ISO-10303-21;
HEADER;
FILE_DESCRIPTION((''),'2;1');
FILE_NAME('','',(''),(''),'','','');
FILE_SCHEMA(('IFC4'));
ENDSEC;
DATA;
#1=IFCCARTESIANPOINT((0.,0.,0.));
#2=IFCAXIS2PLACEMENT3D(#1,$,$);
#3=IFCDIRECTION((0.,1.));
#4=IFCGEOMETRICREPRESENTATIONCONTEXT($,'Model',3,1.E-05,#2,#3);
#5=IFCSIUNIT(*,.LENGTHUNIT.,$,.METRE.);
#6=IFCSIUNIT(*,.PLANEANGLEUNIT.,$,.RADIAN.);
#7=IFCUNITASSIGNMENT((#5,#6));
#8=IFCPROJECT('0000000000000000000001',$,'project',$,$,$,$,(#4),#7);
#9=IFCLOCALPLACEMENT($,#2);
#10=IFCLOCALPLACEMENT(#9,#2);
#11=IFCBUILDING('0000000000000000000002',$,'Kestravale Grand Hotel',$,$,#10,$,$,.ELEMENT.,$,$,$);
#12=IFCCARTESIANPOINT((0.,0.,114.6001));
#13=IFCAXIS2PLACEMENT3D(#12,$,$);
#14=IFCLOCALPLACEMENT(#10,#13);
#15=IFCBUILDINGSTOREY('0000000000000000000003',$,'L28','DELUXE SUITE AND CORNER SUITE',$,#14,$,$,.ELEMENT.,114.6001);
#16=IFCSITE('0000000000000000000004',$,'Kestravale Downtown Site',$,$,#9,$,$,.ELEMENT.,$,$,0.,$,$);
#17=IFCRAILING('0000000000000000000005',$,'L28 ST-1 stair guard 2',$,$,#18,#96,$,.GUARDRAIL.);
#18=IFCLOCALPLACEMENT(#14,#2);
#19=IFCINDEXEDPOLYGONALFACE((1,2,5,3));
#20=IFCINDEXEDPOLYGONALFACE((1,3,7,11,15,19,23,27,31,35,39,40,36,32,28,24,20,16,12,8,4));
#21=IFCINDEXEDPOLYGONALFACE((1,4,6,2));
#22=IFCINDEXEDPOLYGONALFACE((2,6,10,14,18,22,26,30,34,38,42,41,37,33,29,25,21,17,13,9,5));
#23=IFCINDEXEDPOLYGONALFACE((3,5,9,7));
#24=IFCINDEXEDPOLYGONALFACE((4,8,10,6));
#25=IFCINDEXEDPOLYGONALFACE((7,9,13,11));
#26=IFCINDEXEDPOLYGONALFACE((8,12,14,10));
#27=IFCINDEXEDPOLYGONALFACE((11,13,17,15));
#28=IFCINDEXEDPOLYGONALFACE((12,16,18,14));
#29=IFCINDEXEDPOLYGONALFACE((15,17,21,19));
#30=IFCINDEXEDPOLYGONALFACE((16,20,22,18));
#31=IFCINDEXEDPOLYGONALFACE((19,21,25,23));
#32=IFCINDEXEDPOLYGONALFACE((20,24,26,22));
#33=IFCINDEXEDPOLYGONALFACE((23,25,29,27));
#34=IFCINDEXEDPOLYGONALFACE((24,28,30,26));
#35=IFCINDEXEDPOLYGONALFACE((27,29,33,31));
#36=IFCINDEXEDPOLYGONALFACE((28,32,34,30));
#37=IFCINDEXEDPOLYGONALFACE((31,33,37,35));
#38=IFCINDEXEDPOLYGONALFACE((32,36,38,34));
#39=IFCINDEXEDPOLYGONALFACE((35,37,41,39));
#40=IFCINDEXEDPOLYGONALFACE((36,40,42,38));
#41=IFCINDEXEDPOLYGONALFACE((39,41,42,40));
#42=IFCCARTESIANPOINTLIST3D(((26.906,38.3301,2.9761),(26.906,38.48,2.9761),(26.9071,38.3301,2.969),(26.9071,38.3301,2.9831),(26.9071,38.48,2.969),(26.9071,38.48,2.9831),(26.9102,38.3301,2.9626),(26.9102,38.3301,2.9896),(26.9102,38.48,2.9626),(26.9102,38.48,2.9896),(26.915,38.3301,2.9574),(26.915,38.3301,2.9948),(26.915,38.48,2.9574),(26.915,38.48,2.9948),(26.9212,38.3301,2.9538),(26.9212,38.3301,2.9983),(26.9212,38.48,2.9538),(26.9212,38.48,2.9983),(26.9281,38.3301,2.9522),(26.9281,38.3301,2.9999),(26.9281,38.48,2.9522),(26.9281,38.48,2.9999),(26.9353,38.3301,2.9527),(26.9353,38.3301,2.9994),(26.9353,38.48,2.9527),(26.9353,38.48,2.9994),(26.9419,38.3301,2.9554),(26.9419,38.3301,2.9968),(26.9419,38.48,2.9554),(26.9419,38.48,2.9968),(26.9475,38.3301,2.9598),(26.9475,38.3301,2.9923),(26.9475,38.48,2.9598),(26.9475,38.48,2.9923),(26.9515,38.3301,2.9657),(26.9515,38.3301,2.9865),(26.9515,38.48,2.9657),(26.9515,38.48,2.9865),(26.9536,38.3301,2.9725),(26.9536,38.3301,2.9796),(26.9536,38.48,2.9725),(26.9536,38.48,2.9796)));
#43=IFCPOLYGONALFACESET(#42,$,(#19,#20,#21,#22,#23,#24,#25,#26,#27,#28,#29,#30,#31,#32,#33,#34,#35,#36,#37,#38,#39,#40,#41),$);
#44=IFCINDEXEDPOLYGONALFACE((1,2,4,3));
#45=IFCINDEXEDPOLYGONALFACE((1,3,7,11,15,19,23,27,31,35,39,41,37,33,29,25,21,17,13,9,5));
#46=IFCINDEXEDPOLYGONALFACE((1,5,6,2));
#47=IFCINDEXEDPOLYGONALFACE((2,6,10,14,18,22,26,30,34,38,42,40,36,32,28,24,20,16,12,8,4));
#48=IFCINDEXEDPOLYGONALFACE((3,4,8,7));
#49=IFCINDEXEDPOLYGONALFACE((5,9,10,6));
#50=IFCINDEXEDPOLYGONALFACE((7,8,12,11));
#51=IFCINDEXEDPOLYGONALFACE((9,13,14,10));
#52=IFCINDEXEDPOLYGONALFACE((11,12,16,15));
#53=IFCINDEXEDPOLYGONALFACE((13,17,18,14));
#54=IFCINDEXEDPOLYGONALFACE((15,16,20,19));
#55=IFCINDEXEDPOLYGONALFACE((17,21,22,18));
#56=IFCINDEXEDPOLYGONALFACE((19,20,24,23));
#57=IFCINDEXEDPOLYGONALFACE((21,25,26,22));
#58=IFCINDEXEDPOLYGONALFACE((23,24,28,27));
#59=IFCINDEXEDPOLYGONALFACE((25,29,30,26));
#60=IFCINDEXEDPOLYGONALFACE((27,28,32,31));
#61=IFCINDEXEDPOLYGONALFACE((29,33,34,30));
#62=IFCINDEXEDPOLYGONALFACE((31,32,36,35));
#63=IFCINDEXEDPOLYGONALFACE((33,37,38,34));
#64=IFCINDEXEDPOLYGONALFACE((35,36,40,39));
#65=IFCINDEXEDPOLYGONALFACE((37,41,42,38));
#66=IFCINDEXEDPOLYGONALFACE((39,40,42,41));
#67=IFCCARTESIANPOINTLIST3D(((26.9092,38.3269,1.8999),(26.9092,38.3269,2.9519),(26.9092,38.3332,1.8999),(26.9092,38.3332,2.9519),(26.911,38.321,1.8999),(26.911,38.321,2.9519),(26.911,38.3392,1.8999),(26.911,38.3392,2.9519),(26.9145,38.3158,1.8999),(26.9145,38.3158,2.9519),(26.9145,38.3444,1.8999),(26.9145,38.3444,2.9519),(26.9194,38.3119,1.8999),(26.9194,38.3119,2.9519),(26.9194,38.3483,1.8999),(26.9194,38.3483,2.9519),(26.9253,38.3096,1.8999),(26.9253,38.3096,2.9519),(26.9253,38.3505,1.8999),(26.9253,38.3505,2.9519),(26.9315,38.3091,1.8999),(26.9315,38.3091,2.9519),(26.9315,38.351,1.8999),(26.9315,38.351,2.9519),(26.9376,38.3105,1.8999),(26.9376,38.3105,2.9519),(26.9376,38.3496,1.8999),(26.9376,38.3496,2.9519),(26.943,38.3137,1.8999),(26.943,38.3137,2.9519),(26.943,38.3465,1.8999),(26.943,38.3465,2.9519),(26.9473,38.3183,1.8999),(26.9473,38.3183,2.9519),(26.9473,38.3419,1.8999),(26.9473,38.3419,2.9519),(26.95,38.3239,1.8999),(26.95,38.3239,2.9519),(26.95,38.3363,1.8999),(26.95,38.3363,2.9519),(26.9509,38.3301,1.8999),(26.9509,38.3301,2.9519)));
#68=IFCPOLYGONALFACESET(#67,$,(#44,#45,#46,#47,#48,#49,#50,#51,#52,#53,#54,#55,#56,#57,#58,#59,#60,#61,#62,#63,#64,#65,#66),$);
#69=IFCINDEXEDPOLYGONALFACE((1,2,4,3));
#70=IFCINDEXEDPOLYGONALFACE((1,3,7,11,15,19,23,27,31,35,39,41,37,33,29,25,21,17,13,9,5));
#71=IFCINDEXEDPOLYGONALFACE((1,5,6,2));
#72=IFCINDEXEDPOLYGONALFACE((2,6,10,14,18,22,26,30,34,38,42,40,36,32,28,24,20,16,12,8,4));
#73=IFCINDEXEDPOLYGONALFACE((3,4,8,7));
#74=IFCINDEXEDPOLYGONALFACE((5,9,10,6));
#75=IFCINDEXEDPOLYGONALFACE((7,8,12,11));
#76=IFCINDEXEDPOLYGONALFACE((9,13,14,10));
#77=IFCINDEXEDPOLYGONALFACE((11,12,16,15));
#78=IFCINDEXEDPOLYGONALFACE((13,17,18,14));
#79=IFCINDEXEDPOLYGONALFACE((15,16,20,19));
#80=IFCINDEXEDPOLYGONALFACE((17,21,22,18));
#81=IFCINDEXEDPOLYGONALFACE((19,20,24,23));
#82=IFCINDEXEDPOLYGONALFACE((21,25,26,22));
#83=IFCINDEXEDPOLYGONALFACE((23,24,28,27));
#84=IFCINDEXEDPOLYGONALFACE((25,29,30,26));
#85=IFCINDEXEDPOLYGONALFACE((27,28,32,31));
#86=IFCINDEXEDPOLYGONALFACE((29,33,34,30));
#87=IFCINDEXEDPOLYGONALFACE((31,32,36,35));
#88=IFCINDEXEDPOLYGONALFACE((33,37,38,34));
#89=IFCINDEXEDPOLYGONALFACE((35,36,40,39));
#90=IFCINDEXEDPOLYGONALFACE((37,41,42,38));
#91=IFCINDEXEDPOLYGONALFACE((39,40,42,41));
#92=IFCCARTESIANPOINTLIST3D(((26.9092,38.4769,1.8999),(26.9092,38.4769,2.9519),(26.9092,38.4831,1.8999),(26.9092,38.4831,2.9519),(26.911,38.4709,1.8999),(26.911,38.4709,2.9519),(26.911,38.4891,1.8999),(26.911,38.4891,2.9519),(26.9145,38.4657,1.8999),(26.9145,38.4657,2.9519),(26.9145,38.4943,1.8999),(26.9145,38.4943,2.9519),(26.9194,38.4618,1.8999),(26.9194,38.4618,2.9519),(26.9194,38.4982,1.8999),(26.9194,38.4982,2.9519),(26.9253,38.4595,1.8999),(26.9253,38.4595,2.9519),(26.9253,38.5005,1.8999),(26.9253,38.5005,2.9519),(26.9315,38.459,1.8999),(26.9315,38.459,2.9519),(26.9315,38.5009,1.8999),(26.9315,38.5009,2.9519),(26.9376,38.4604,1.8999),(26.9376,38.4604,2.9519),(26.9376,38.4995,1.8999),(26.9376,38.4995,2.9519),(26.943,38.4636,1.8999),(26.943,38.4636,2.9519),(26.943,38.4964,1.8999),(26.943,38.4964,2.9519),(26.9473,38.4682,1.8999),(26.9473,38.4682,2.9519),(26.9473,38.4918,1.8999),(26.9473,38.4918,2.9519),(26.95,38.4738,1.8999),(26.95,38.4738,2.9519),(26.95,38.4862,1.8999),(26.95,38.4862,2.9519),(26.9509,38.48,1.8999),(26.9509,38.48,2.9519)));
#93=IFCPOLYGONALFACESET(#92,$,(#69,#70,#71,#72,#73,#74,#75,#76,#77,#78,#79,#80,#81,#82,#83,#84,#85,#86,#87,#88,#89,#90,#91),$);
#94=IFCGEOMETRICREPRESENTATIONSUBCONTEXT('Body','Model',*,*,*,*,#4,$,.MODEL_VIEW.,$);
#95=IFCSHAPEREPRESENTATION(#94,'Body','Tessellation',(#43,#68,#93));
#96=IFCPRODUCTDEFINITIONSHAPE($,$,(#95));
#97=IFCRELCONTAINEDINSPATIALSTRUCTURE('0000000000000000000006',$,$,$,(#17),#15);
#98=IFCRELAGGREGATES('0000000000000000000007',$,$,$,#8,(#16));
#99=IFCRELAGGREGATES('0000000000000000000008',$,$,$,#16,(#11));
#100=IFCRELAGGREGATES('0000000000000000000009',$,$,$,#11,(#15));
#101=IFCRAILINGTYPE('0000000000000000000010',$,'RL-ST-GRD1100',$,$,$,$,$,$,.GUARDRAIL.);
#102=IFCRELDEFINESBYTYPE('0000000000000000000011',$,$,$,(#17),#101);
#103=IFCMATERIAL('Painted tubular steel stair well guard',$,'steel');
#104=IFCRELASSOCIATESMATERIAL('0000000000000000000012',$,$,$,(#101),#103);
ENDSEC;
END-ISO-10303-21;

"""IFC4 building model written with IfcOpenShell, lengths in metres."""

from ifc_helpers import new_model, si_unit, direction, frame, origin, origin_2d, place, context, subcontext, project, spatial, circle, extrude, material, type_object, element, save


model = new_model("IFC4")

# Units and contexts
model_context = context("Model", 3, precision=1e-05, world=origin(), true_north=direction((0.0, 1.0)))
body_context = subcontext(model_context, "Body", "Model", "MODEL_VIEW")
ifc_project = project(units=[si_unit("LENGTHUNIT", "METRE"), si_unit("PLANEANGLEUNIT", "RADIAN")], contexts=[model_context])

# Site, building, storey
site_placement = place(None, origin())
site = spatial("IfcSite", under=ifc_project, at=site_placement, Name="Kestravale Downtown Site", CompositionType="ELEMENT", RefElevation=0.0)
building_placement = place(site_placement, origin())
building = spatial("IfcBuilding", under=site, at=building_placement, Name="Kestravale Grand Hotel", CompositionType="ELEMENT")
storey_placement = place(building_placement, frame((0.0, 0.0, 114.6001)))
storey = spatial("IfcBuildingStorey", under=building, at=storey_placement, Name="L28", Description="DELUXE SUITE AND CORNER SUITE", CompositionType="ELEMENT", Elevation=114.6001)

# Railing
ifc_material_1 = material(Name="Painted tubular steel stair well guard", Category="steel")
railing_type_1 = type_object("IfcRailingType", Name="RL-ST-GRD1100", PredefinedType="GUARDRAIL", material=ifc_material_1)
railing_1_placement = place(storey_placement, frame((26.9299, 38.3301, 1.8999)))
element("IfcRailing", 1, at=railing_1_placement, inside=storey, type_object=railing_type_1, Name="L28 ST-1 stair guard 2", PredefinedType="GUARDRAIL", context=body_context, shape_type="SweptSolid", body=[
    extrude(circle(Radius=0.0239, at=origin_2d()), frame((0.0, 0.0, 1.0762), z_axis=(0.0, 1.0, 0.0), x_axis=(-1.0, 0.0, 0.0)), (0.0, 0.0, 1.0), 0.1499),
    extrude(circle(Radius=0.021, at=origin_2d()), origin(), (0.0, 0.0, 1.0), 1.052),
    extrude(circle(Radius=0.021, at=origin_2d()), frame((0.0, 0.1499, 0.0)), (0.0, 0.0, 1.0), 1.052),
])

save(model, "model.ifc")
